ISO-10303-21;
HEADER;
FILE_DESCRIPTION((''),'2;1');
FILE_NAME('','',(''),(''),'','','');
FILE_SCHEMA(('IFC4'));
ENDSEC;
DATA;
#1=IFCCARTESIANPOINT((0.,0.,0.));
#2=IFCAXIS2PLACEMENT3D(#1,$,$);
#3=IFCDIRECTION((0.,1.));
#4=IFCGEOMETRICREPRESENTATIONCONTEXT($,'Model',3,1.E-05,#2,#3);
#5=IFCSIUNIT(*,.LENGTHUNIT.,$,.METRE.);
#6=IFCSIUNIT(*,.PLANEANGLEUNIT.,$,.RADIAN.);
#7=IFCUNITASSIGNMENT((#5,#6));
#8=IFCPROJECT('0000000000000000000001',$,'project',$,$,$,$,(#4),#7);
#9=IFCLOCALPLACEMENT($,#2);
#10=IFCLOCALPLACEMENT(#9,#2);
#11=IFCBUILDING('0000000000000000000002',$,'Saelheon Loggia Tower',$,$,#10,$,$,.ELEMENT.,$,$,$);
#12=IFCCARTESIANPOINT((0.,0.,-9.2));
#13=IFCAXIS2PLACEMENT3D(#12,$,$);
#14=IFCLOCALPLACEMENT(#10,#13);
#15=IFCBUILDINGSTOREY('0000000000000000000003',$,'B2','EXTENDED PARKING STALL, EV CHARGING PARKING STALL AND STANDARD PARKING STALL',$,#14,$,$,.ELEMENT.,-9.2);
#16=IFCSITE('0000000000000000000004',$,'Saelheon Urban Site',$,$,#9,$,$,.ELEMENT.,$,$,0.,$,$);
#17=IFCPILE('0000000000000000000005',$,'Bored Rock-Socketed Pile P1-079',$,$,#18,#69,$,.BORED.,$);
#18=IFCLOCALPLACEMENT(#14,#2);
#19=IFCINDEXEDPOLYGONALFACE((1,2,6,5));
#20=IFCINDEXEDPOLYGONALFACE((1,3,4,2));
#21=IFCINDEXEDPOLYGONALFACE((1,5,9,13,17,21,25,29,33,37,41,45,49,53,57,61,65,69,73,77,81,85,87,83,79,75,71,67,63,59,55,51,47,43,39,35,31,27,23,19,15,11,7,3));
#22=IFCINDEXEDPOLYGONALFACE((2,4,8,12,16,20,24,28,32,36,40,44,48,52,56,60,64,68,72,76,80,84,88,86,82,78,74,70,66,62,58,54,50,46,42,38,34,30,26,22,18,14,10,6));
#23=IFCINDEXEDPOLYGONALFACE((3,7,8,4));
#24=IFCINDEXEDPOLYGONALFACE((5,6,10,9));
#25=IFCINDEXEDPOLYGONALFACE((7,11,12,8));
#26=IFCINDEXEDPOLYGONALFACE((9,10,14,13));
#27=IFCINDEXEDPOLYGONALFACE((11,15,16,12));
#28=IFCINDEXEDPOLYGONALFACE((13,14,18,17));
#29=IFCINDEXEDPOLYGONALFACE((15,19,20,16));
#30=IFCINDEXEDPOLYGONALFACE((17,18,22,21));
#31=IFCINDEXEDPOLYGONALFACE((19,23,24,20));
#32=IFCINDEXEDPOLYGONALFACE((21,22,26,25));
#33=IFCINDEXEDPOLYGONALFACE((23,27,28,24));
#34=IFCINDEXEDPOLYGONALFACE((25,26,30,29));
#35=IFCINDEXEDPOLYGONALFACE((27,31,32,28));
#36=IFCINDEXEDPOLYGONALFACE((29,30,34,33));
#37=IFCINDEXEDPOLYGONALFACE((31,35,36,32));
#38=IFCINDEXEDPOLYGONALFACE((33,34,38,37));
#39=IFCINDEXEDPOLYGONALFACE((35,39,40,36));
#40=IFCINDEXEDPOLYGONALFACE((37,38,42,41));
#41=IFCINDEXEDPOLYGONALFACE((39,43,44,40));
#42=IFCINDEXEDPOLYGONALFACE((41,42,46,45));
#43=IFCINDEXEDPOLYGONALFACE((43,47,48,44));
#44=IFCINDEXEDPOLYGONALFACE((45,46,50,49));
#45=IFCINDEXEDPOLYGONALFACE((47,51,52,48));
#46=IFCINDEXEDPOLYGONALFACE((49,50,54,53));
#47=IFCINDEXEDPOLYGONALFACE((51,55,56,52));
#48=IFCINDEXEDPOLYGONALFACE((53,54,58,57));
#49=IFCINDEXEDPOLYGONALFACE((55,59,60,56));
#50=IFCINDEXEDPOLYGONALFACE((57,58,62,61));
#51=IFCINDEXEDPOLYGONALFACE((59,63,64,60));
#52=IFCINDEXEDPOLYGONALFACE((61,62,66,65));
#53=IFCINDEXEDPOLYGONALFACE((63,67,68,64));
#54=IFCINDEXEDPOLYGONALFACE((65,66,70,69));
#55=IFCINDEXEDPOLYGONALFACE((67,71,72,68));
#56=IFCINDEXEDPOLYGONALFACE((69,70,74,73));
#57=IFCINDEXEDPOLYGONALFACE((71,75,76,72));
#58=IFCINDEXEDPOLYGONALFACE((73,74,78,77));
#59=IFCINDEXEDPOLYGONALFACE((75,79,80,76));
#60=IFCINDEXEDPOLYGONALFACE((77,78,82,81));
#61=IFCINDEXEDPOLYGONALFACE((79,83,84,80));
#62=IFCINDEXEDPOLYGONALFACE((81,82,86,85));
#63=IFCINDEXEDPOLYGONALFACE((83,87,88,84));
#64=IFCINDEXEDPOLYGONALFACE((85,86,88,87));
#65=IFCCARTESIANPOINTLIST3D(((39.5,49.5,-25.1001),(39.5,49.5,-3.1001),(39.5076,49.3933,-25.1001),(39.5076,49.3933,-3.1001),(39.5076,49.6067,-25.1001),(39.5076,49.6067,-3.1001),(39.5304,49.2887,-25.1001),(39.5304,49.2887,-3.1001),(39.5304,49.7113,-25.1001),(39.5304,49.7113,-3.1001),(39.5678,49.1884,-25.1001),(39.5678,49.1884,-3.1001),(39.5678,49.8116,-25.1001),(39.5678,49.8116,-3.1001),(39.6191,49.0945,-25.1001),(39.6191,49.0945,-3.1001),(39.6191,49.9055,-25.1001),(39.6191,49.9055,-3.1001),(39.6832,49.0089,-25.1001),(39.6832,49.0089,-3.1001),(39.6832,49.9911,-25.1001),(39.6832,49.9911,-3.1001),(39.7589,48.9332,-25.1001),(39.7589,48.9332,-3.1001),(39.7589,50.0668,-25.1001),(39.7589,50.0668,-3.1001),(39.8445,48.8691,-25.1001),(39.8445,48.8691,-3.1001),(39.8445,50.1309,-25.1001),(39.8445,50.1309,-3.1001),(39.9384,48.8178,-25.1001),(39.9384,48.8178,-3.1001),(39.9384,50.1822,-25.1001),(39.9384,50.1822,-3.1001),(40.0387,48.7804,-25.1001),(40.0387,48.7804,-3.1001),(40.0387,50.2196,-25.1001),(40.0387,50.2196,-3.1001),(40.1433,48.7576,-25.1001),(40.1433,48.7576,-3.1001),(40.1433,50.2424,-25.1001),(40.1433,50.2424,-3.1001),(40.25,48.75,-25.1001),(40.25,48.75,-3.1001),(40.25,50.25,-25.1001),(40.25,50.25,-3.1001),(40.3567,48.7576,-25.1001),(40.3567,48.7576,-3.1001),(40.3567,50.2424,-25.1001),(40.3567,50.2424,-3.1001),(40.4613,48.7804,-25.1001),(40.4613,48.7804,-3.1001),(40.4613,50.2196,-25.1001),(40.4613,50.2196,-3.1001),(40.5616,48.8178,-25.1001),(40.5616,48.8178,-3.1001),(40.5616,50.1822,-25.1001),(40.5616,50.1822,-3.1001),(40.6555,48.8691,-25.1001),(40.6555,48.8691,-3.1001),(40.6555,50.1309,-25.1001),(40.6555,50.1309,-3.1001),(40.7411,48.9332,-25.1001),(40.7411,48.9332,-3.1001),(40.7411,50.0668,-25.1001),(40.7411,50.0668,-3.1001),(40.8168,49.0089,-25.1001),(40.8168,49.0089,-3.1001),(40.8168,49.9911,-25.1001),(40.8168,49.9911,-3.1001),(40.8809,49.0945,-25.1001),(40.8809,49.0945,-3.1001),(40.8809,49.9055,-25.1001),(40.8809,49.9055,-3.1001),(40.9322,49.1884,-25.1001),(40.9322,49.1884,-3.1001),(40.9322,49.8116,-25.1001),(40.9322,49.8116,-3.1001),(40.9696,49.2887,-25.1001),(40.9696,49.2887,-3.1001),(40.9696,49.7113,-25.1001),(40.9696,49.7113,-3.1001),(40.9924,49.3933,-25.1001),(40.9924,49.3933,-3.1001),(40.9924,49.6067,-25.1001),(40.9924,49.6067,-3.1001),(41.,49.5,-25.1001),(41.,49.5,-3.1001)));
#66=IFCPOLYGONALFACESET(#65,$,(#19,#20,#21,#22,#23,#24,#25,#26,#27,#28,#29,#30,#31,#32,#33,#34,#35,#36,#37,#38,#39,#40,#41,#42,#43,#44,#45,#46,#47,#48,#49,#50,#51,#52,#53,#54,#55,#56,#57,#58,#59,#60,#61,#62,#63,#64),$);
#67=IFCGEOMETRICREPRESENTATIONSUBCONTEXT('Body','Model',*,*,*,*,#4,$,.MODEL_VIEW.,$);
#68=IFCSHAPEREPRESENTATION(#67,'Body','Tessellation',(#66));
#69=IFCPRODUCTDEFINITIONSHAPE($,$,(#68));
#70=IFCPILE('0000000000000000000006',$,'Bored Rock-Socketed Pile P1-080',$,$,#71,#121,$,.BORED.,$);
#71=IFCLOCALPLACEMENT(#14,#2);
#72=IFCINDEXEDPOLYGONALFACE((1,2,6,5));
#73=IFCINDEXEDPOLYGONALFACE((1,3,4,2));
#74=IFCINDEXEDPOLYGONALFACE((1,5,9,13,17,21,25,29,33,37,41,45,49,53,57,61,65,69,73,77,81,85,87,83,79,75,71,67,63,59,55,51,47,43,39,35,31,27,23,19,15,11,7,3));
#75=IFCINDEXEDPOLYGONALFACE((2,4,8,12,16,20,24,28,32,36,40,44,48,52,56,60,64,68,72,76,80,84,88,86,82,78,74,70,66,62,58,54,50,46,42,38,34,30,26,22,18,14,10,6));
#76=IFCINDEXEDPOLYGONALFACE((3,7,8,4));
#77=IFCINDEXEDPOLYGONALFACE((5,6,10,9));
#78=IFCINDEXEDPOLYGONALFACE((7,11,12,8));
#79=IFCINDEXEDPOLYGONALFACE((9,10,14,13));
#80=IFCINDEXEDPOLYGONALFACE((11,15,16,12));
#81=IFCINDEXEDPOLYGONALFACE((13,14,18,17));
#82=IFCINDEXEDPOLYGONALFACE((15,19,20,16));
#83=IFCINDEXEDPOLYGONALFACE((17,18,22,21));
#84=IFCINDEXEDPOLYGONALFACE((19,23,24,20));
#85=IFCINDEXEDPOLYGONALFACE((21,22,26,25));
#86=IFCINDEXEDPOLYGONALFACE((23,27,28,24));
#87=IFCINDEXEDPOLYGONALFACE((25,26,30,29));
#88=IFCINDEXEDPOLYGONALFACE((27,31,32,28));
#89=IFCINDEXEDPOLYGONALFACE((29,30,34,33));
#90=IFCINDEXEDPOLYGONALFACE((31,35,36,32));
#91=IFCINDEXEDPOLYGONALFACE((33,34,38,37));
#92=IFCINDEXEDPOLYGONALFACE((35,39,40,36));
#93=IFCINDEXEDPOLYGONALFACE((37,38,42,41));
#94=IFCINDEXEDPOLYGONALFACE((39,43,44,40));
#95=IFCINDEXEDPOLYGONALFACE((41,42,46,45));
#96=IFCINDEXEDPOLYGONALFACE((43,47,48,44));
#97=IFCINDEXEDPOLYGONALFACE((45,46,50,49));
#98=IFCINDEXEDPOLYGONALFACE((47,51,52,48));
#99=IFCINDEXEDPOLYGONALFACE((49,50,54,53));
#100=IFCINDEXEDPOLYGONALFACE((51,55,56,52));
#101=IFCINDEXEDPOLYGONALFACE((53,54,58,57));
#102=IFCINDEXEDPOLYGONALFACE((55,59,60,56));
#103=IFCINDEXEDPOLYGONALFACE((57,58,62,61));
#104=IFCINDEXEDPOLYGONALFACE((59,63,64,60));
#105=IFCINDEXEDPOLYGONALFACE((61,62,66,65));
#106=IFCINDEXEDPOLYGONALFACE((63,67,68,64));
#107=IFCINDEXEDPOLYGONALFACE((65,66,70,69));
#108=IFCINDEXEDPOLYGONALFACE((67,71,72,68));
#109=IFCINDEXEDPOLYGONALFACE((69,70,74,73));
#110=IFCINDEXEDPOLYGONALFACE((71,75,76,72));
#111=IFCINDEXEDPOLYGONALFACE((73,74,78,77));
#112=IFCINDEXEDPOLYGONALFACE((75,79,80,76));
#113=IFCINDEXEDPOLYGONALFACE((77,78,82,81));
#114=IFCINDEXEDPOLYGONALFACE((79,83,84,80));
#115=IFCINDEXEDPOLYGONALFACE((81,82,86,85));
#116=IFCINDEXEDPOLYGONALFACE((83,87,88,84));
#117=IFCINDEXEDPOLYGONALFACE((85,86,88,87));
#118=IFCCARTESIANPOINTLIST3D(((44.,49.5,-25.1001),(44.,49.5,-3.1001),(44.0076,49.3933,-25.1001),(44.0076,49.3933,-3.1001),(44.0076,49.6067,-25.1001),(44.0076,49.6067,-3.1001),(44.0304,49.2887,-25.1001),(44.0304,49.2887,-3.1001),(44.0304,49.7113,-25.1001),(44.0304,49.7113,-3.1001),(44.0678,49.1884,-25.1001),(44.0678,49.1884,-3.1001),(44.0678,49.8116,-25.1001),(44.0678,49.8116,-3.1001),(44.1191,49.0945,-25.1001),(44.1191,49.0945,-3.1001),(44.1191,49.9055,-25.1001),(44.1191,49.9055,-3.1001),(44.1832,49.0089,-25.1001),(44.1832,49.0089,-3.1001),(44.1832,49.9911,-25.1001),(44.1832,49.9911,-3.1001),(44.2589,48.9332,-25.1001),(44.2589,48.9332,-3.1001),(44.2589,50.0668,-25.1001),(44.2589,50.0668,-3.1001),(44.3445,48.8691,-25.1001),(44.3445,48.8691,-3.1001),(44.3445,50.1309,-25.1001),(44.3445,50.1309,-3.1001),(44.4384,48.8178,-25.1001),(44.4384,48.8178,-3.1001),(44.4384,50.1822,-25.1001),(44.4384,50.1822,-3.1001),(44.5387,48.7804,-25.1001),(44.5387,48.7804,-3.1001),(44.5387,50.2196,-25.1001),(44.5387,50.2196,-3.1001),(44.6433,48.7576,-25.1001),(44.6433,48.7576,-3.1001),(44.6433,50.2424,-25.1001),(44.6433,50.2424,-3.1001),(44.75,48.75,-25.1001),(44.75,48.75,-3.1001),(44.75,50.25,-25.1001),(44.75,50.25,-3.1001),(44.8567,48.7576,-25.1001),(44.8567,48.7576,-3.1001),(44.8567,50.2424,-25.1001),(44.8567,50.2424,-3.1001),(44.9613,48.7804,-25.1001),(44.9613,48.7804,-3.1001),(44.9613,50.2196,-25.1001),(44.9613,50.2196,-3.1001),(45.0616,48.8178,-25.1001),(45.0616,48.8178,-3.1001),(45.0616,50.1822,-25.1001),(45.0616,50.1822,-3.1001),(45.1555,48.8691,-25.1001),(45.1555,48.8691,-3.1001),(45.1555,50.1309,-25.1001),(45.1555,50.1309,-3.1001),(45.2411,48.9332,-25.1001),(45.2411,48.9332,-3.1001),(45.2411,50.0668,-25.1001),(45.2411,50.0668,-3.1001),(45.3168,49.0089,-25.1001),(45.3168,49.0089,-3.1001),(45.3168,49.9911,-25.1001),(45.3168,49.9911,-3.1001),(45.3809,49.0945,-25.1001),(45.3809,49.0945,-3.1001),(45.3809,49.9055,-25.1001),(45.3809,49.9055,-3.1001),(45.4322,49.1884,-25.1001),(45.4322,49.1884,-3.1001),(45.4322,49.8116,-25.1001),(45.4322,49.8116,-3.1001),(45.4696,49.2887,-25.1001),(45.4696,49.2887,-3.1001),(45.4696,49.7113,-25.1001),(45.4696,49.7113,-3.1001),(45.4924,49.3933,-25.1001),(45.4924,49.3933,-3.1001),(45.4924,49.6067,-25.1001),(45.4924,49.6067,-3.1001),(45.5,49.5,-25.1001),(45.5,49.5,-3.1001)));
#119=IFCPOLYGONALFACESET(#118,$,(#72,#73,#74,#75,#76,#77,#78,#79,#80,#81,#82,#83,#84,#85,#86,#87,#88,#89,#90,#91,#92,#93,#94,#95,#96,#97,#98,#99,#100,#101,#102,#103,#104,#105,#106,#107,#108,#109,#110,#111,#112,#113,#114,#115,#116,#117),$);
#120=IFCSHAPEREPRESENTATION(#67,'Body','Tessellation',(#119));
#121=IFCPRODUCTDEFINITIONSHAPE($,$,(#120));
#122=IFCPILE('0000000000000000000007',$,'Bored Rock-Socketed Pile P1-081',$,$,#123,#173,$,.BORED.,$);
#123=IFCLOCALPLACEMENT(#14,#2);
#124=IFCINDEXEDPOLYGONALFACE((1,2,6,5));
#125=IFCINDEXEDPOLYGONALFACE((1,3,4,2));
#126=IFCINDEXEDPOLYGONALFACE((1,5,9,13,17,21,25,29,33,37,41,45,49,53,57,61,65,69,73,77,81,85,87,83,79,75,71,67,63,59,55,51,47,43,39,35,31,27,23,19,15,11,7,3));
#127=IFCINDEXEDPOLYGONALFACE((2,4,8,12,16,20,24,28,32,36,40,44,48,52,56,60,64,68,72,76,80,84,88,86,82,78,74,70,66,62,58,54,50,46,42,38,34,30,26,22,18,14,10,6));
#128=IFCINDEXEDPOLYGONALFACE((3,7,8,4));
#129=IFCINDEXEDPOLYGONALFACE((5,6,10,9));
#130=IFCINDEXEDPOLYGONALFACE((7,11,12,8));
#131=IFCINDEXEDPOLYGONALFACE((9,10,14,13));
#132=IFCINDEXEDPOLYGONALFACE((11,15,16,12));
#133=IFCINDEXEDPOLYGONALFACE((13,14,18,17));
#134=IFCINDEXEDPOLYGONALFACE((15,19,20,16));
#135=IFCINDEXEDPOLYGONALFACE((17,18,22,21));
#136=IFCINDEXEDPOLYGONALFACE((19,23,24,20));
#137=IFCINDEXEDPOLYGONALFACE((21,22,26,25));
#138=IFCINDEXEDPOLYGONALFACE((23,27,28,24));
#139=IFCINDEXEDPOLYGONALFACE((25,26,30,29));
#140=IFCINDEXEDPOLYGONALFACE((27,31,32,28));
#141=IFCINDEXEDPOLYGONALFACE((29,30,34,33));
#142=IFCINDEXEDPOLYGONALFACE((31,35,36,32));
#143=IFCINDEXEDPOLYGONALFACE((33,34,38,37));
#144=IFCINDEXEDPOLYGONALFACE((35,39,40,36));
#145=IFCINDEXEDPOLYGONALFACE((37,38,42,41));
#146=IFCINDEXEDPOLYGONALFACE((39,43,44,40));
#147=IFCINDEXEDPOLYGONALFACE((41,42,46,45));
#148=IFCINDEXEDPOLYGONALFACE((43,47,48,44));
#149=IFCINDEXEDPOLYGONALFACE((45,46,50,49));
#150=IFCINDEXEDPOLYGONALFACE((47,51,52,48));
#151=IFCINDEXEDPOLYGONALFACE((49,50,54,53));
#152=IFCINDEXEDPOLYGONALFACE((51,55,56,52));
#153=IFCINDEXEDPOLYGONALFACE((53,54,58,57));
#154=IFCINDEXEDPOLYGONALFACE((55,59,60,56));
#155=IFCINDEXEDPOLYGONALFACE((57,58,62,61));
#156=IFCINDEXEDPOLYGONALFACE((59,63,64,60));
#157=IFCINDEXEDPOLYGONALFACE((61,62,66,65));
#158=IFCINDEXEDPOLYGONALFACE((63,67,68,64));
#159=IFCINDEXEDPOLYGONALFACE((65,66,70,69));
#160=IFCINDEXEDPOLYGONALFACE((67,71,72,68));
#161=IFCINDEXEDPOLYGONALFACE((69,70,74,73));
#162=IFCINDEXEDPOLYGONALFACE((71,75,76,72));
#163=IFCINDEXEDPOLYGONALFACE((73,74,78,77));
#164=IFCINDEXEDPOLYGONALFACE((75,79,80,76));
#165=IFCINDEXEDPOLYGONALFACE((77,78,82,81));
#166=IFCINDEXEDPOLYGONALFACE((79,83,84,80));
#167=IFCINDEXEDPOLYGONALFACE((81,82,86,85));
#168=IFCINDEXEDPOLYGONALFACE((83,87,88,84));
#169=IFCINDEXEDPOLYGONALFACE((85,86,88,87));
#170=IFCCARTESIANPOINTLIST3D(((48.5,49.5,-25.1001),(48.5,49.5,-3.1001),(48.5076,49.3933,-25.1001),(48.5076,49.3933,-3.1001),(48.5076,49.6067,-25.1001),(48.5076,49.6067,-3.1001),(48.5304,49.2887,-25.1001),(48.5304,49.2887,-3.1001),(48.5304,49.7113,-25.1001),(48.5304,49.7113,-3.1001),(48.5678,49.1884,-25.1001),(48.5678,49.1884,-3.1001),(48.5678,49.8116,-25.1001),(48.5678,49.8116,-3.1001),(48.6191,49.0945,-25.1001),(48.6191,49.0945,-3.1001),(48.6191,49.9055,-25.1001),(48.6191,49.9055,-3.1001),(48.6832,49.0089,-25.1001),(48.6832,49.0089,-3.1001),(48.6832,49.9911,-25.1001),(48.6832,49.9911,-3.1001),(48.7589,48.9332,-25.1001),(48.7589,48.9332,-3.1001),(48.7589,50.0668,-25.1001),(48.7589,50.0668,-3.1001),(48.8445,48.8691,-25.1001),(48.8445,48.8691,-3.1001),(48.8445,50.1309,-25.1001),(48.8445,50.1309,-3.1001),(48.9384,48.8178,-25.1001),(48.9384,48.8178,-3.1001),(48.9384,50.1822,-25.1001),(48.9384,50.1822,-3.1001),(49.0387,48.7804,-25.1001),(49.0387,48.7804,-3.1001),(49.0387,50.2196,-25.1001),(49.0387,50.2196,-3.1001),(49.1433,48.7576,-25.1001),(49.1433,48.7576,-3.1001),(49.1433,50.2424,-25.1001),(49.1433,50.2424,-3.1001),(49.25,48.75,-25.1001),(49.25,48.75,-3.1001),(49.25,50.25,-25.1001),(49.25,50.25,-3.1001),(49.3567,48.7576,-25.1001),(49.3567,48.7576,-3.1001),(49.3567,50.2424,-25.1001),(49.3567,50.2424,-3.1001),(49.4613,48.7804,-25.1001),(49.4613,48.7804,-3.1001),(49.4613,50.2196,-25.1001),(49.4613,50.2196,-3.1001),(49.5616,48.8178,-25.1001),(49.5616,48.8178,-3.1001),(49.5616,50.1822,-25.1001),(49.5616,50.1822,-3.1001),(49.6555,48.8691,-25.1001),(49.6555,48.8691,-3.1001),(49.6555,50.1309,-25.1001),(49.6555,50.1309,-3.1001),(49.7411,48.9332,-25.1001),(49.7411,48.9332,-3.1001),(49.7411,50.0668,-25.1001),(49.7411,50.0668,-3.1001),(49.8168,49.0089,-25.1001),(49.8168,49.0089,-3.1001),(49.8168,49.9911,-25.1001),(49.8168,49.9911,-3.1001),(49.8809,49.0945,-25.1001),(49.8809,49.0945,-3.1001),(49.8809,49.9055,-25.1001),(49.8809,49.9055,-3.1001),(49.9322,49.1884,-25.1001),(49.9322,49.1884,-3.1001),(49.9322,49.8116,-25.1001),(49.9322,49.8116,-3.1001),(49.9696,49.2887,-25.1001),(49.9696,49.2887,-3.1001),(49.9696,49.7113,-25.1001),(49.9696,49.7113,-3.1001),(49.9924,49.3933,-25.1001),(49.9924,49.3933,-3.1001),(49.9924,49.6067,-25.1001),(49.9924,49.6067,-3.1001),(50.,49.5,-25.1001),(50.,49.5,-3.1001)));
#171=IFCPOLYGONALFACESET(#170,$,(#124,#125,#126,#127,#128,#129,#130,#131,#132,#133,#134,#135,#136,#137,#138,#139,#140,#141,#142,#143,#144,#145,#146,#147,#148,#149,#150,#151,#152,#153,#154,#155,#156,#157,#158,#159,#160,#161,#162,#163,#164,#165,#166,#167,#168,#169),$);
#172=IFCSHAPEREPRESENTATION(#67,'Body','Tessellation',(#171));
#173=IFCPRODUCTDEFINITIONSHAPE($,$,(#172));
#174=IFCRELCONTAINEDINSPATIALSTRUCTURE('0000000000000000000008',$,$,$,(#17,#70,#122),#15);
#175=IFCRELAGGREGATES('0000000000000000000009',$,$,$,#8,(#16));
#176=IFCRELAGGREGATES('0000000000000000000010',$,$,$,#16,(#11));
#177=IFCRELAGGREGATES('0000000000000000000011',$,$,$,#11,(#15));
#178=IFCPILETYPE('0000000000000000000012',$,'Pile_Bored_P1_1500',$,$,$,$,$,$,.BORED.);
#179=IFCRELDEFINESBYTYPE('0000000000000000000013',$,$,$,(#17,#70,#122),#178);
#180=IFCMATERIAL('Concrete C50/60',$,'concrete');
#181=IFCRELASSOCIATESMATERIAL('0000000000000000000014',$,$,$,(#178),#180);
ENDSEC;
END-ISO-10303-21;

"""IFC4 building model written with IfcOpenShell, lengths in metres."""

from ifc_helpers import new_model, si_unit, direction, frame, origin, origin_2d, place, context, subcontext, project, spatial, circle, extrude, source, transform, mapped, material, material_profile, profile_set, type_object, element, save


model = new_model("IFC4")

# Units and contexts
model_context = context("Model", 3, precision=1e-05, world=origin(), true_north=direction((0.0, 1.0)))
body_context = subcontext(model_context, "Body", "Model", "MODEL_VIEW")
ifc_project = project(units=[si_unit("LENGTHUNIT", "METRE"), si_unit("PLANEANGLEUNIT", "RADIAN")], contexts=[model_context])

# Site, building, storey
site_placement = place(None, origin())
site = spatial("IfcSite", under=ifc_project, at=site_placement, Name="Saelheon Urban Site", CompositionType="ELEMENT", RefElevation=0.0)
building_placement = place(site_placement, origin())
building = spatial("IfcBuilding", under=site, at=building_placement, Name="Saelheon Loggia Tower", CompositionType="ELEMENT")
storey_placement = place(building_placement, frame((0.0, 0.0, -9.2)))
storey = spatial("IfcBuildingStorey", under=building, at=storey_placement, Name="B2", Description="EXTENDED PARKING STALL, EV CHARGING PARKING STALL AND STANDARD PARKING STALL", CompositionType="ELEMENT", Elevation=-9.2)

# Piles
ifc_material_1 = material(Name="Concrete C50/60", Category="concrete")
ifc_material_profile_1 = material_profile(ifc_material_1, circle(Radius=0.75, at=origin_2d()), Name="CIRC-1500")
ifc_profile_set_1 = profile_set([ifc_material_profile_1], Name="Concrete C50/60")
pile_type = type_object("IfcPileType", Name="Pile_Bored_P1_1500", PredefinedType="BORED", material=ifc_profile_set_1)
shared_shape_1 = source(origin(), body_context, "Body", "SweptSolid", [
    extrude(circle(Radius=0.75, at=origin_2d()), origin(), (0.0, 0.0, 1.0), 22.0),
])
for number, where, z_axis, x_axis, name in (
    (1, (40.25, 49.5, -3.1001), (0.0, 0.0, -1.0), (1.0, 0.0, 0.0), "Bored Rock-Socketed Pile P1-079"),
    (2, (44.75, 49.5, -3.1001), (0.0, 0.0, -1.0), (1.0, 0.0, 0.0), "Bored Rock-Socketed Pile P1-080"),
    (3, (49.25, 49.5, -3.1001), (0.0, 0.0, -1.0), (1.0, 0.0, 0.0), "Bored Rock-Socketed Pile P1-081"),
):
    element("IfcPile", number, at=place(storey_placement, frame(where, z_axis=z_axis, x_axis=x_axis)), inside=storey, type_object=pile_type, Name=name, PredefinedType="BORED", context=body_context, shape_type="MappedRepresentation", body=[
        mapped(shared_shape_1, transform((0.0, 0.0, 0.0), scale=1.0)),
    ])

save(model, "model.ifc")
